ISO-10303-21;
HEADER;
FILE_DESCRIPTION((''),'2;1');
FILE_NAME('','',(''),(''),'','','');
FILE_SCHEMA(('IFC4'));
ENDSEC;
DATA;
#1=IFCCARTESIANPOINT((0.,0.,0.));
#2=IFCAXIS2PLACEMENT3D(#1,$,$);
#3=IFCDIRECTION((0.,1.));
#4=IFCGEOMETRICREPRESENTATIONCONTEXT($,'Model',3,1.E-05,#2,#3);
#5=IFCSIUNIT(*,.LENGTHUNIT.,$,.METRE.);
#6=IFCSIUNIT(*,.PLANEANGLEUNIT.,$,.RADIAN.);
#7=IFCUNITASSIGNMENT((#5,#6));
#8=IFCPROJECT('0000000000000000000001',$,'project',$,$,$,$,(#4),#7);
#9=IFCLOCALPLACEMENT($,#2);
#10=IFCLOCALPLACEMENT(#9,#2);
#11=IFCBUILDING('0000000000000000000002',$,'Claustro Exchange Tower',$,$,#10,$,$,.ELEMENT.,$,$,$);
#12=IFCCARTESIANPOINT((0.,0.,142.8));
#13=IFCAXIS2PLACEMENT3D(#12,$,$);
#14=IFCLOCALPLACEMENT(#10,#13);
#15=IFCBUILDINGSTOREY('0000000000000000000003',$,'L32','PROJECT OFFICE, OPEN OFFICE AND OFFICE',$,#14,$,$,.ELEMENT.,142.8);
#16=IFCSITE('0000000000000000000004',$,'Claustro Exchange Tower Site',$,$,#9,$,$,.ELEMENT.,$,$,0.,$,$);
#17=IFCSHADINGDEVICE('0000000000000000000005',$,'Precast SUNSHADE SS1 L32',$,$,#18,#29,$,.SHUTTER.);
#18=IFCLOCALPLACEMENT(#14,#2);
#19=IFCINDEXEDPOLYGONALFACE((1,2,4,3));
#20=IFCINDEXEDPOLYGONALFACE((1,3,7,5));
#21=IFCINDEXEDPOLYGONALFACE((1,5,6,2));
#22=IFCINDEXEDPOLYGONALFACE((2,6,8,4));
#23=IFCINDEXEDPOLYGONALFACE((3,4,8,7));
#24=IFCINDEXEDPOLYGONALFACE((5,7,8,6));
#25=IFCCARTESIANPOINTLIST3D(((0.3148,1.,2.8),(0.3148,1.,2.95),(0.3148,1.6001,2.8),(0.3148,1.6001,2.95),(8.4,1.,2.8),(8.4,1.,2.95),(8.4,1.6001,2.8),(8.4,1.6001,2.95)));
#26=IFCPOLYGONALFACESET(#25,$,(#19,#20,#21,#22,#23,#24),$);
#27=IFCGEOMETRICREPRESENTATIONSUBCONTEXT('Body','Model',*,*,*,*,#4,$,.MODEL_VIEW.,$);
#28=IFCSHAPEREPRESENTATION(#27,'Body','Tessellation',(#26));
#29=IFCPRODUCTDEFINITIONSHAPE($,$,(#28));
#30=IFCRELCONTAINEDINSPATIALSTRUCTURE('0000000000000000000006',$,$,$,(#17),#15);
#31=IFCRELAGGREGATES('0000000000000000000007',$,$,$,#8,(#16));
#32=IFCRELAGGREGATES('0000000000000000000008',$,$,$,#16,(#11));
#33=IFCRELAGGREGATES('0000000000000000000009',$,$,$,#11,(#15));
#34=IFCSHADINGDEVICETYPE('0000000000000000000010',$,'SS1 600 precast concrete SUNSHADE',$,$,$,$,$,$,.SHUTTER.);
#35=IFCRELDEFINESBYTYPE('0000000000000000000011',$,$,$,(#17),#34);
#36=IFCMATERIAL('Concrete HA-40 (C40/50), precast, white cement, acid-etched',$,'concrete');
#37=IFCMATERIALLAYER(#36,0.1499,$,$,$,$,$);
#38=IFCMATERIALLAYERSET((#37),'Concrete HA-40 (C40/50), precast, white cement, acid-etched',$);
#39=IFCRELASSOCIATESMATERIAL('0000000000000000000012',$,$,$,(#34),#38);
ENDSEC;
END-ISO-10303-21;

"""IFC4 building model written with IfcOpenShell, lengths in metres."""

from ifc_helpers import new_model, si_unit, direction, frame, origin, origin_2d, place, context, subcontext, project, spatial, rectangle, extrude, material, layer, layer_set, type_object, element, save


model = new_model("IFC4")

# Units and contexts
model_context = context("Model", 3, precision=1e-05, world=origin(), true_north=direction((0.0, 1.0)))
body_context = subcontext(model_context, "Body", "Model", "MODEL_VIEW")
ifc_project = project(units=[si_unit("LENGTHUNIT", "METRE"), si_unit("PLANEANGLEUNIT", "RADIAN")], contexts=[model_context])

# Site, building, storey
site_placement = place(None, origin())
site = spatial("IfcSite", under=ifc_project, at=site_placement, Name="Claustro Exchange Tower Site", CompositionType="ELEMENT", RefElevation=0.0)
building_placement = place(site_placement, origin())
building = spatial("IfcBuilding", under=site, at=building_placement, Name="Claustro Exchange Tower", CompositionType="ELEMENT")
storey_placement = place(building_placement, frame((0.0, 0.0, 142.8)))
storey = spatial("IfcBuildingStorey", under=building, at=storey_placement, Name="L32", Description="PROJECT OFFICE, OPEN OFFICE AND OFFICE", CompositionType="ELEMENT", Elevation=142.8)

# Shading device
ifc_material_1 = material(Name="Concrete HA-40 (C40/50), precast, white cement, acid-etched", Category="concrete")
ifc_layer_1 = layer(ifc_material_1, 0.1499)
ifc_layer_set_1 = layer_set([ifc_layer_1], Name="Concrete HA-40 (C40/50), precast, white cement, acid-etched")
shading_device_type = type_object("IfcShadingDeviceType", Name="SS1 600 precast concrete SUNSHADE", PredefinedType="SHUTTER", material=ifc_layer_set_1)
shading_device_placement = place(storey_placement, frame((4.3574, 1.3, 2.8), z_axis=(0.0, 0.0, 1.0), x_axis=(-1.0, 0.0, 0.0)))
element("IfcShadingDevice", 1, at=shading_device_placement, inside=storey, type_object=shading_device_type, Name="Precast SUNSHADE SS1 L32", PredefinedType="SHUTTER", context=body_context, shape_type="SweptSolid", body=[
    extrude(rectangle(XDim=8.0852, YDim=0.6001, at=origin_2d()), origin(), (0.0, 0.0, 1.0), 0.1499),
])

save(model, "model.ifc")
